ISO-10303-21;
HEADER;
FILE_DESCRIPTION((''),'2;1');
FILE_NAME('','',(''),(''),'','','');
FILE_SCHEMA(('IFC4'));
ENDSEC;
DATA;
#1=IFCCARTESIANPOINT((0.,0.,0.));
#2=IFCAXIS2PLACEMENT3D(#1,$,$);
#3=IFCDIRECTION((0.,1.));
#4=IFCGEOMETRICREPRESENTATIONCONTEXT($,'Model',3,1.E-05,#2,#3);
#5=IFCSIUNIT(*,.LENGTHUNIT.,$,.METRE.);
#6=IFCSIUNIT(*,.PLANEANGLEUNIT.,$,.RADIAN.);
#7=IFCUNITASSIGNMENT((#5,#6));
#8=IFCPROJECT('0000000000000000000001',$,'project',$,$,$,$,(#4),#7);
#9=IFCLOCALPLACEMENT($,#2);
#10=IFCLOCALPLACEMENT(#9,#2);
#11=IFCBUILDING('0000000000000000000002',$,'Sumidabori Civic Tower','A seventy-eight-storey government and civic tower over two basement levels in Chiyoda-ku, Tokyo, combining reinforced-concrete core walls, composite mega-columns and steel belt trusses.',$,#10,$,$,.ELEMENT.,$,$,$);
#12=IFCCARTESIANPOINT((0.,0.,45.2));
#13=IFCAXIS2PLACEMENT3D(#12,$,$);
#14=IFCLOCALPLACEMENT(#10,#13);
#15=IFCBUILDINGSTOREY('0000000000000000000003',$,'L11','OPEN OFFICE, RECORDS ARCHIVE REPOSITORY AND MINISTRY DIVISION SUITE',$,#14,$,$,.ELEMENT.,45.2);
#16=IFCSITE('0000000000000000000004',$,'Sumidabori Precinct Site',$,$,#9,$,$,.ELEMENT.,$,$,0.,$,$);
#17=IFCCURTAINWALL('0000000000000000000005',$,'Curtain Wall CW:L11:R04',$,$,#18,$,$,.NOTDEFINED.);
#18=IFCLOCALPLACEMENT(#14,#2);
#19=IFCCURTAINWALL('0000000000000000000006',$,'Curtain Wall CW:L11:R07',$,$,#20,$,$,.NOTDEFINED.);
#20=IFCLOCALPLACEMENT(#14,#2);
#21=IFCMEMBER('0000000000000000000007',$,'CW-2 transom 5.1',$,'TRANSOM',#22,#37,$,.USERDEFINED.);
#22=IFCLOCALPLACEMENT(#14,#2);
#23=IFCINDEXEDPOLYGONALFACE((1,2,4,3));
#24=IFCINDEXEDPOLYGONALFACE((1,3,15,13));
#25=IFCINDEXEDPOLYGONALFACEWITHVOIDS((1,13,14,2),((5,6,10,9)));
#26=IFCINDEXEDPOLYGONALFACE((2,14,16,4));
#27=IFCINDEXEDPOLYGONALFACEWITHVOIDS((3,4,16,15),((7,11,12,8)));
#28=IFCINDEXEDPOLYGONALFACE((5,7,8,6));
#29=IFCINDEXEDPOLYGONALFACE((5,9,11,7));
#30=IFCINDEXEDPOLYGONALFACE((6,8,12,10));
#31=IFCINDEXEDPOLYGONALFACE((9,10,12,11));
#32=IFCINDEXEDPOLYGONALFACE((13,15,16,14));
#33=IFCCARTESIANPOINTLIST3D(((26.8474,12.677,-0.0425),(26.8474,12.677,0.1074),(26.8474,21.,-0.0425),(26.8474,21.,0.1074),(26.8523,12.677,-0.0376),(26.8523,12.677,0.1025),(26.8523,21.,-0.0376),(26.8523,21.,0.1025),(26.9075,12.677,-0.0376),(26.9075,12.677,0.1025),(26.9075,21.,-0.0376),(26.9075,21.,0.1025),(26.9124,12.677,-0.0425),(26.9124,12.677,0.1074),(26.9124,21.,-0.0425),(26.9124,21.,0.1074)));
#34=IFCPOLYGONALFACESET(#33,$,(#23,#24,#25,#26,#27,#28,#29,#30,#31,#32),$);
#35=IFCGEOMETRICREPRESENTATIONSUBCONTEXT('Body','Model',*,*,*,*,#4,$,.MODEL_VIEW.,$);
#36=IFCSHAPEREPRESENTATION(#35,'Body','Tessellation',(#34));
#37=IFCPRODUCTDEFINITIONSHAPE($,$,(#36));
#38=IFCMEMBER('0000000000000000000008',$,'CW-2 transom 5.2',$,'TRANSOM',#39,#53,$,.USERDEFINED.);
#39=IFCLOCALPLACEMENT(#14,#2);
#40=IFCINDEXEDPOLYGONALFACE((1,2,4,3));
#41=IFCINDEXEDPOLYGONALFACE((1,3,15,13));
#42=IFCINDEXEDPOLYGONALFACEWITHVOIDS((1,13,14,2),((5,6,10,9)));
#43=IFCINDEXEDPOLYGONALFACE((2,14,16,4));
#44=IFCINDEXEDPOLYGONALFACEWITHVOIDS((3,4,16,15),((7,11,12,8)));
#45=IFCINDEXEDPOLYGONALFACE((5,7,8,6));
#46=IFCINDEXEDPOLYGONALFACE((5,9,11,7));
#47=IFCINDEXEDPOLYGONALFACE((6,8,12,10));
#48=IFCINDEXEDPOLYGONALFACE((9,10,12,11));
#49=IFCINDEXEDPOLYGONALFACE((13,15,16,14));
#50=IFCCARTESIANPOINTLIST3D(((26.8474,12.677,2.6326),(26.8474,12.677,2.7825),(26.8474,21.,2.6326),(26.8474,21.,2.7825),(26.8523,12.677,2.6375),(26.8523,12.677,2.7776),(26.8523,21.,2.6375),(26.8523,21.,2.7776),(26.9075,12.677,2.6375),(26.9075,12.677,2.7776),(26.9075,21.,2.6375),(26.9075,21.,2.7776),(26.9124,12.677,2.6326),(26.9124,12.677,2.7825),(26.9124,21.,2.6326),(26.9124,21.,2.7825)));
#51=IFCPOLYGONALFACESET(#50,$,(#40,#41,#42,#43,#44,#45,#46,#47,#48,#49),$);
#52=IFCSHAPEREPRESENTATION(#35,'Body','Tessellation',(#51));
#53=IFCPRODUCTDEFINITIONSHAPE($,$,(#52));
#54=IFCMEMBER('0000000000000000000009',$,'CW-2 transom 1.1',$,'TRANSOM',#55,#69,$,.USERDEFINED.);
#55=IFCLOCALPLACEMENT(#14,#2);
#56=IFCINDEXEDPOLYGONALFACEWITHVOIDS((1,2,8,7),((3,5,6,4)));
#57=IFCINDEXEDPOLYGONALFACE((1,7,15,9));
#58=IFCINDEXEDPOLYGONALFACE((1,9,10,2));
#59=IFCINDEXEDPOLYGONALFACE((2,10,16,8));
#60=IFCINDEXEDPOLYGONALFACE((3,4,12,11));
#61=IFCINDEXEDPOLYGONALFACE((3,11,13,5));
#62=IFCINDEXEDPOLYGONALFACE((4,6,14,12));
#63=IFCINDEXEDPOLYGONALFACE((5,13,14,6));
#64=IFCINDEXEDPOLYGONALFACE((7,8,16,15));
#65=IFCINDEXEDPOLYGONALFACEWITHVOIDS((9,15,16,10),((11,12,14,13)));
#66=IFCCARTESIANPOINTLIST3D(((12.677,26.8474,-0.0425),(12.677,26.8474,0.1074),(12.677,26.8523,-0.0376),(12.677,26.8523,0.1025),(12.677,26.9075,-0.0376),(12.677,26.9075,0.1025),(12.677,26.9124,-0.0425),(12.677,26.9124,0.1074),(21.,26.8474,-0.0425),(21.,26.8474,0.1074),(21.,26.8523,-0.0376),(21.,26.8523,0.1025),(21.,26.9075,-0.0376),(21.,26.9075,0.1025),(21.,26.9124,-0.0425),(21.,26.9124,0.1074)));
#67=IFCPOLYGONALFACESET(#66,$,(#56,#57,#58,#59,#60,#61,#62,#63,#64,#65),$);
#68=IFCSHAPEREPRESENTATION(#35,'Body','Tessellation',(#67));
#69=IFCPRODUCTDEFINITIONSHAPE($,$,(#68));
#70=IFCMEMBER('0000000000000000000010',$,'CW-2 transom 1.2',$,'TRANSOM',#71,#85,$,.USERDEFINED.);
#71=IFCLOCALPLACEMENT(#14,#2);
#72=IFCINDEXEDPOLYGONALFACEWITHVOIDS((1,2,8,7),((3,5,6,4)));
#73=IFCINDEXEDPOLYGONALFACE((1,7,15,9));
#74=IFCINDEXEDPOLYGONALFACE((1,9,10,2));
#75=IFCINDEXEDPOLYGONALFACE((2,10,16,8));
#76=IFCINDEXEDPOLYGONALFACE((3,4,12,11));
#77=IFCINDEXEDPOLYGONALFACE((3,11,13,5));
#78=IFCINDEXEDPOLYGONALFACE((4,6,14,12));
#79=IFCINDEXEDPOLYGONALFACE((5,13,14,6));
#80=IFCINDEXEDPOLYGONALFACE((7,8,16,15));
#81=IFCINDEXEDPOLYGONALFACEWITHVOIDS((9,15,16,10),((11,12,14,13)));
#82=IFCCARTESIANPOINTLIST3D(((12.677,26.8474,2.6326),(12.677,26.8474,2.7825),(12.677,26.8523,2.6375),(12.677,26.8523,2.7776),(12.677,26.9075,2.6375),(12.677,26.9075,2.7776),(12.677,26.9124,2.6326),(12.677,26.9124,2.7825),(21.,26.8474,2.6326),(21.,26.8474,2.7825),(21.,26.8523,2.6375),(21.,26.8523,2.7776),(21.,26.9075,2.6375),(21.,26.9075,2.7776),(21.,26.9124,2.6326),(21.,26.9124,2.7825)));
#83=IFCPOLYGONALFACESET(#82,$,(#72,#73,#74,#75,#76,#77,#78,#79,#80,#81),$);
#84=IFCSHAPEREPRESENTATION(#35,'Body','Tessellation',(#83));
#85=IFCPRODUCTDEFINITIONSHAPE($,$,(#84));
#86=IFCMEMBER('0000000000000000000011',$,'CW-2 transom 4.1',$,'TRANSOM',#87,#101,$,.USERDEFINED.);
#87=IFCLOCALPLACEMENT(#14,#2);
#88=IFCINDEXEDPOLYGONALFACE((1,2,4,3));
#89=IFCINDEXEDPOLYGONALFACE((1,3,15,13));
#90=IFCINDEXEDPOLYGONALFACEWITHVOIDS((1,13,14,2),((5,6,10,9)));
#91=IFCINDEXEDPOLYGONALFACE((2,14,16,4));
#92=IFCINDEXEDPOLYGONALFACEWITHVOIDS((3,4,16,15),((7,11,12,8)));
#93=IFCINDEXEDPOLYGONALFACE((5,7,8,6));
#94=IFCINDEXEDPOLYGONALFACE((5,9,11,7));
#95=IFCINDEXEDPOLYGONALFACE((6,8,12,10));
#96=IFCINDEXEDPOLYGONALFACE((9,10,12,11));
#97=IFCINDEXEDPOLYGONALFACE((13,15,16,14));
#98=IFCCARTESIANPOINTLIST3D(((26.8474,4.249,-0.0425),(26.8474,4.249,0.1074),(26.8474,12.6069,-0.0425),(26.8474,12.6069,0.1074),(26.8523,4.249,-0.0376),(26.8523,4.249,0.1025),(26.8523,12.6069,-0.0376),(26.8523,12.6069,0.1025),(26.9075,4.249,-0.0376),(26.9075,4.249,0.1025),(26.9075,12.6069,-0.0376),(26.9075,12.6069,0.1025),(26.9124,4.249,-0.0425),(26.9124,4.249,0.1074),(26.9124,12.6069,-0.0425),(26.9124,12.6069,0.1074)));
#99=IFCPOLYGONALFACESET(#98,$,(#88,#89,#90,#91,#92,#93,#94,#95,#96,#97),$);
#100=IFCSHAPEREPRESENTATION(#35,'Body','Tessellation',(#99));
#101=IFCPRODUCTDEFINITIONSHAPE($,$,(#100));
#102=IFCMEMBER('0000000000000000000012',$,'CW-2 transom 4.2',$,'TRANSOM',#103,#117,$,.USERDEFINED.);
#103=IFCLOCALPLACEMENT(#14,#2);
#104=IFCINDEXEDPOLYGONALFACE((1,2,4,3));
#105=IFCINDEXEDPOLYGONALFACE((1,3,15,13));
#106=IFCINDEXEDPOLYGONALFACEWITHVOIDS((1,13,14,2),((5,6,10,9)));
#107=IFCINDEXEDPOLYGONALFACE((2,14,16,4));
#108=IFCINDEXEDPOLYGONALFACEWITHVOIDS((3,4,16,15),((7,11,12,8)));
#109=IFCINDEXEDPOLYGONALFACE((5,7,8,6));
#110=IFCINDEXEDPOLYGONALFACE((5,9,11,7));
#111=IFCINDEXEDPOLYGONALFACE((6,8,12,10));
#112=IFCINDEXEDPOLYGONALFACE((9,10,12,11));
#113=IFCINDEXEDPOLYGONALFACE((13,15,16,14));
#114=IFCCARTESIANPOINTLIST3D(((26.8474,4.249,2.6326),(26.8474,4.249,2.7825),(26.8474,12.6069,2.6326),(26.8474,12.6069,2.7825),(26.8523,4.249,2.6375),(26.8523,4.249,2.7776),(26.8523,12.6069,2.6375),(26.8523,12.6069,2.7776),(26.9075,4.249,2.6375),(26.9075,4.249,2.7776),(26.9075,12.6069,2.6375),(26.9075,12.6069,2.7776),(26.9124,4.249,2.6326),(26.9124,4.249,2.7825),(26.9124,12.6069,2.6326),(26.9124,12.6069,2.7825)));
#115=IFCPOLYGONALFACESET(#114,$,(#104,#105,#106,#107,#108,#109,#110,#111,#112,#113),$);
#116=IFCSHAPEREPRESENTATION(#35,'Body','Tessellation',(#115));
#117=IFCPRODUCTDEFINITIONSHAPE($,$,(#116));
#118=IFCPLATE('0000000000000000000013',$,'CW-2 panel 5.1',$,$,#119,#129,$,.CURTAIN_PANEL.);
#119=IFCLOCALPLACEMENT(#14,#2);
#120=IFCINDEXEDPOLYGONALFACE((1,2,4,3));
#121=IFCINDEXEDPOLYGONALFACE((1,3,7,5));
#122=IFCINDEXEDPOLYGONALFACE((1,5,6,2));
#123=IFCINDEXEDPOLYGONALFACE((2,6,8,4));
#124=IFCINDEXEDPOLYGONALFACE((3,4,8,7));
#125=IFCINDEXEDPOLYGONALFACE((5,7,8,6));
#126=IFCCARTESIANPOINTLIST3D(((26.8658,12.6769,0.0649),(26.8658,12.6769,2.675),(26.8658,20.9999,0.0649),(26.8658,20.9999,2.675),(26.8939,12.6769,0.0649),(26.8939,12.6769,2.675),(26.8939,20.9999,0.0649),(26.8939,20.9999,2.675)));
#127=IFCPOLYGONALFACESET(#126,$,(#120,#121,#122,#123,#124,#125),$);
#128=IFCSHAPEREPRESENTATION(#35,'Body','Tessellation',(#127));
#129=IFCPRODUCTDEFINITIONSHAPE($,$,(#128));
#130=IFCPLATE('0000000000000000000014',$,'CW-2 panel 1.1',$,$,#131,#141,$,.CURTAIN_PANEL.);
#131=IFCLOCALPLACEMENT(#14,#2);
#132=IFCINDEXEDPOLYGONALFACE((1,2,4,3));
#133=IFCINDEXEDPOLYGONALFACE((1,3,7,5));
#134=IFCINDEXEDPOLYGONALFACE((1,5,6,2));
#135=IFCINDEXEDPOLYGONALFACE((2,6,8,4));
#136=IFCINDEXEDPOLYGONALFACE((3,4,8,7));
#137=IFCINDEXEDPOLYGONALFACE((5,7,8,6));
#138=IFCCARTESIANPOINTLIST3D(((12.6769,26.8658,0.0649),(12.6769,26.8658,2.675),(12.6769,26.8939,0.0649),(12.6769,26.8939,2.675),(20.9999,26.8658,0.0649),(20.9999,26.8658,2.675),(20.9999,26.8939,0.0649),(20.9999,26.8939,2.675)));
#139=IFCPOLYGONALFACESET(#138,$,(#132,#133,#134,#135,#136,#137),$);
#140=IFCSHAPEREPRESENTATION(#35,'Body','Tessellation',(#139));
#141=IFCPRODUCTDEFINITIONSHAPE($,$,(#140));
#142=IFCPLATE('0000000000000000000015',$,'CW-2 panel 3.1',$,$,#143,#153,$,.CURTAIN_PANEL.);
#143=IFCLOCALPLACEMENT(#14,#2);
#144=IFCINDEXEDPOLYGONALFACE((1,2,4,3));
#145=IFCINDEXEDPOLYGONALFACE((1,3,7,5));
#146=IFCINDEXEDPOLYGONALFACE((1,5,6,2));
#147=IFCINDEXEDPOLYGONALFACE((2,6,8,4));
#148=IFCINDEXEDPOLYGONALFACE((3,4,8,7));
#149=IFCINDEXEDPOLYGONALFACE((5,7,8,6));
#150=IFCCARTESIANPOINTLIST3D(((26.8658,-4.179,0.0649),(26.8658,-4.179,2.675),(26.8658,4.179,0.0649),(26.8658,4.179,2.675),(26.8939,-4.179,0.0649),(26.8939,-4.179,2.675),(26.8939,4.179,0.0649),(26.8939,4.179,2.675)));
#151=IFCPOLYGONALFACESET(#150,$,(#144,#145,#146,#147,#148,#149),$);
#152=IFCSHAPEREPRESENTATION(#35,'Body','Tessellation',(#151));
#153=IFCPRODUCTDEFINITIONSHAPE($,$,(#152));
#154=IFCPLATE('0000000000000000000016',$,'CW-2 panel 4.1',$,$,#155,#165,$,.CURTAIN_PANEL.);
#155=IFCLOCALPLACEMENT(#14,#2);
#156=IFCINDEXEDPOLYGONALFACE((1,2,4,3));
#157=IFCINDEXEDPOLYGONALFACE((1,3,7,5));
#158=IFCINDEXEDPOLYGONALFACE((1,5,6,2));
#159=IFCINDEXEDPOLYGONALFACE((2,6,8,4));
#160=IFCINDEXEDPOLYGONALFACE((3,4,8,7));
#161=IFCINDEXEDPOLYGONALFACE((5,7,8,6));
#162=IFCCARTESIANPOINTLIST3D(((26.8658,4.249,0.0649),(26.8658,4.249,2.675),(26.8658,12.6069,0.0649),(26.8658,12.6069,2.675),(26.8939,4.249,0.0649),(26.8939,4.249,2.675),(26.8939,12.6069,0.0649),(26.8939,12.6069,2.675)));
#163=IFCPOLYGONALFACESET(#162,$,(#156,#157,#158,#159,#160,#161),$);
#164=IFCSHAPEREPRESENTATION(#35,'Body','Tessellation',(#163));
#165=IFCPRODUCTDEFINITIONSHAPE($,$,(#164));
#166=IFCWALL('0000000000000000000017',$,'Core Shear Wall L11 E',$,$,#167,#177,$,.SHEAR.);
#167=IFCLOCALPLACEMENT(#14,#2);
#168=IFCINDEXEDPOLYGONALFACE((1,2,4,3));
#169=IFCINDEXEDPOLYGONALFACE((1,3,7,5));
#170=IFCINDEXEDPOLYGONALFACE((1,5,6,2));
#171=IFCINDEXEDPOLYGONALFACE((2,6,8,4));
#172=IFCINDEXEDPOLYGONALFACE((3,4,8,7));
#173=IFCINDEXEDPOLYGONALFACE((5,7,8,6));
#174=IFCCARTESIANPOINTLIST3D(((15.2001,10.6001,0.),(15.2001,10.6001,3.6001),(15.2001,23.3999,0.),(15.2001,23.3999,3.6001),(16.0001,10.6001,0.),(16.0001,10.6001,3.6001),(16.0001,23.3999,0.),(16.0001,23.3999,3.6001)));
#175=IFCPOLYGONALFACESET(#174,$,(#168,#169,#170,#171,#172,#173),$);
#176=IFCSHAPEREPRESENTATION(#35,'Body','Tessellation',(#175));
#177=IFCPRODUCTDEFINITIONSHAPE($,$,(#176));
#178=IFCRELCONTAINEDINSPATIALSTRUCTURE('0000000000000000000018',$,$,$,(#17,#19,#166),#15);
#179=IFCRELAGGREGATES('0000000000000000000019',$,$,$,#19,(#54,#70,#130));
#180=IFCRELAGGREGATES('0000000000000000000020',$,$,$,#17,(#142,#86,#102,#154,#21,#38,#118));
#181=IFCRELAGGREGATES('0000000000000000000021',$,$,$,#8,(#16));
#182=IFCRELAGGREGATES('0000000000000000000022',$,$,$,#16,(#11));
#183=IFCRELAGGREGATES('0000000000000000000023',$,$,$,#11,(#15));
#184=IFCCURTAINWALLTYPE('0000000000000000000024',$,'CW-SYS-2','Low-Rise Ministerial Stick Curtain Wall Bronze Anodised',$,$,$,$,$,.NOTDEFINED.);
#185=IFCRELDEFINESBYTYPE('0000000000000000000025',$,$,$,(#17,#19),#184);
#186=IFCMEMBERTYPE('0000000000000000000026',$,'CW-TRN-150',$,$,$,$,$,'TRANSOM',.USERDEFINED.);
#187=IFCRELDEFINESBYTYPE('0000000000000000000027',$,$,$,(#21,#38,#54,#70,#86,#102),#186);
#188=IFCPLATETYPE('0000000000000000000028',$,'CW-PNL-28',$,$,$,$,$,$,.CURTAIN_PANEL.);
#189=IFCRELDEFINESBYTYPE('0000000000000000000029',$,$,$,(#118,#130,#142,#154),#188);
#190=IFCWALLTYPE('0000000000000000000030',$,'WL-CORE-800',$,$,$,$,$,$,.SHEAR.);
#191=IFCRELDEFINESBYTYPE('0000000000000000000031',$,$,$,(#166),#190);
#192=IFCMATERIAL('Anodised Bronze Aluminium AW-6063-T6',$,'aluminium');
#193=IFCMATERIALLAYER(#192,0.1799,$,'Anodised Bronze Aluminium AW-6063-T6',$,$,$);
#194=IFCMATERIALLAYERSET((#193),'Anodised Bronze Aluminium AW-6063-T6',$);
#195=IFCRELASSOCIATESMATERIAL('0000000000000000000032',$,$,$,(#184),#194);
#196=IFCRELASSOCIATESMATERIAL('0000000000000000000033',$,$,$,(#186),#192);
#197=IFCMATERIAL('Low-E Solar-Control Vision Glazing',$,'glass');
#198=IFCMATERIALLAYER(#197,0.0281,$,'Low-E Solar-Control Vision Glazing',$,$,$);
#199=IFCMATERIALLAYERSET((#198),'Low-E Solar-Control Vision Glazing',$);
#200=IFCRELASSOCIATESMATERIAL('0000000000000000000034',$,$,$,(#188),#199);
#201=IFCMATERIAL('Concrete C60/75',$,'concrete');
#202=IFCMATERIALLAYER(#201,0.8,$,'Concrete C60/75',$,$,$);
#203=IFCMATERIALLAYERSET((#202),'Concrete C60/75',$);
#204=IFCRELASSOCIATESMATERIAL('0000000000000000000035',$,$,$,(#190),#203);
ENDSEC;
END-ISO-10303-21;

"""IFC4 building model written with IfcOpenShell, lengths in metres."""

from ifc_helpers import new_model, si_unit, direction, frame, frame_2d, origin, origin_2d, place, context, subcontext, project, spatial, rectangle, hollow_rectangle, extrude, source, transform, mapped, material, layer, layer_set, material_profile, profile_set, type_object, element, aggregate, save


model = new_model("IFC4")

# Units and contexts
model_context = context("Model", 3, precision=1e-05, world=origin(), true_north=direction((0.0, 1.0)))
body_context = subcontext(model_context, "Body", "Model", "MODEL_VIEW")
ifc_project = project(units=[si_unit("LENGTHUNIT", "METRE"), si_unit("PLANEANGLEUNIT", "RADIAN")], contexts=[model_context])

# Site, building, storey
site_placement = place(None, origin())
site = spatial("IfcSite", under=ifc_project, at=site_placement, Name="Sumidabori Precinct Site", CompositionType="ELEMENT", RefElevation=0.0)
building_placement = place(site_placement, origin())
building = spatial("IfcBuilding", under=site, at=building_placement, Name="Sumidabori Civic Tower", Description="A seventy-eight-storey government and civic tower over two basement levels in Chiyoda-ku, Tokyo, combining reinforced-concrete core walls, composite mega-columns and steel belt trusses.", CompositionType="ELEMENT")
storey_placement = place(building_placement, frame((0.0, 0.0, 45.2)))
storey = spatial("IfcBuildingStorey", under=building, at=storey_placement, Name="L11", Description="OPEN OFFICE, RECORDS ARCHIVE REPOSITORY AND MINISTRY DIVISION SUITE", CompositionType="ELEMENT", Elevation=45.2)

# Shared definitions
ifc_material_1 = material(Name="Concrete C60/75", Category="concrete")

# Curtain wall
ifc_material_2 = material(Name="Anodised Bronze Aluminium AW-6063-T6", Category="aluminium")
ifc_layer_1 = layer(ifc_material_2, 0.1799, Name="Anodised Bronze Aluminium AW-6063-T6")
ifc_layer_set_1 = layer_set([ifc_layer_1], Name="Anodised Bronze Aluminium AW-6063-T6")
curtain_wall_type = type_object("IfcCurtainWallType", Name="CW-SYS-2", Description="Low-Rise Ministerial Stick Curtain Wall Bronze Anodised", PredefinedType="NOTDEFINED", material=ifc_layer_set_1)
curtain_wall_1_placement = place(storey_placement, origin())
curtain_wall_1 = element("IfcCurtainWall", 1, at=curtain_wall_1_placement, inside=storey, type_object=curtain_wall_type, Name="Curtain Wall CW:L11:R04", PredefinedType="NOTDEFINED")

# Curtain wall
curtain_wall_2_placement = place(storey_placement, origin())
curtain_wall_2 = element("IfcCurtainWall", 2, at=curtain_wall_2_placement, inside=storey, type_object=curtain_wall_type, Name="Curtain Wall CW:L11:R07", PredefinedType="NOTDEFINED")

# Members
ifc_material_profile_1 = material_profile(ifc_material_2, hollow_rectangle(XDim=0.0649, YDim=0.1499, WallThickness=0.0049, at=origin_2d()), Name="ALU TRANSOM 150x65")
ifc_profile_set_1 = profile_set([ifc_material_profile_1], Name="Anodised Bronze Aluminium AW-6063-T6")
member_type_1 = type_object("IfcMemberType", Name="CW-TRN-150", ElementType="TRANSOM", PredefinedType="USERDEFINED", material=ifc_profile_set_1)
shared_shape_1 = source(origin(), body_context, "Body", "SweptSolid", [
    extrude(hollow_rectangle(XDim=0.0649, YDim=0.1499, WallThickness=0.0049, at=origin_2d()), origin(), (0.0, 0.0, 1.0), 8.323),
])
member_1_placement = place(storey_placement, frame((26.8799, 12.677, 0.0325), z_axis=(0.0, 1.0, 0.0), x_axis=(-1.0, 0.0, 0.0)))
member_1 = element("IfcMember", 3, at=member_1_placement, type_object=member_type_1, Name="CW-2 transom 5.1", ObjectType="TRANSOM", PredefinedType="USERDEFINED", context=body_context, shape_type="MappedRepresentation", body=[
    mapped(shared_shape_1, transform((0.0, 0.0, 0.0), x_axis=(1.0, 0.0, 0.0), y_axis=(0.0, 1.0, 0.0), z_axis=(0.0, 0.0, 1.0), scale=1.0)),
])
member_2_placement = place(storey_placement, frame((26.8799, 12.677, 2.7075), z_axis=(0.0, 1.0, 0.0), x_axis=(-1.0, 0.0, 0.0)))
member_2 = element("IfcMember", 4, at=member_2_placement, type_object=member_type_1, Name="CW-2 transom 5.2", ObjectType="TRANSOM", PredefinedType="USERDEFINED", context=body_context, shape_type="MappedRepresentation", body=[
    mapped(shared_shape_1, transform((0.0, 0.0, 0.0), x_axis=(1.0, 0.0, 0.0), y_axis=(0.0, 1.0, 0.0), z_axis=(0.0, 0.0, 1.0), scale=1.0)),
])
member_3_placement = place(storey_placement, frame((21.0, 26.8799, 0.0325), z_axis=(-1.0, 0.0, 0.0), x_axis=(0.0, -1.0, 0.0)))
member_3 = element("IfcMember", 5, at=member_3_placement, type_object=member_type_1, Name="CW-2 transom 1.1", ObjectType="TRANSOM", PredefinedType="USERDEFINED", context=body_context, shape_type="MappedRepresentation", body=[
    mapped(shared_shape_1, transform((0.0, 0.0, 0.0), x_axis=(1.0, 0.0, 0.0), y_axis=(0.0, 1.0, 0.0), z_axis=(0.0, 0.0, 1.0), scale=1.0)),
])
member_4_placement = place(storey_placement, frame((21.0, 26.8799, 2.7075), z_axis=(-1.0, 0.0, 0.0), x_axis=(0.0, -1.0, 0.0)))
member_4 = element("IfcMember", 6, at=member_4_placement, type_object=member_type_1, Name="CW-2 transom 1.2", ObjectType="TRANSOM", PredefinedType="USERDEFINED", context=body_context, shape_type="MappedRepresentation", body=[
    mapped(shared_shape_1, transform((0.0, 0.0, 0.0), x_axis=(1.0, 0.0, 0.0), y_axis=(0.0, 1.0, 0.0), z_axis=(0.0, 0.0, 1.0), scale=1.0)),
])
shared_shape_2 = source(origin(), body_context, "Body", "SweptSolid", [
    extrude(hollow_rectangle(XDim=0.0649, YDim=0.1499, WallThickness=0.0049, at=origin_2d()), origin(), (0.0, 0.0, 1.0), 8.3579),
])
member_5_placement = place(storey_placement, frame((26.8799, 4.249, 0.0325), z_axis=(0.0, 1.0, 0.0), x_axis=(-1.0, 0.0, 0.0)))
member_5 = element("IfcMember", 7, at=member_5_placement, type_object=member_type_1, Name="CW-2 transom 4.1", ObjectType="TRANSOM", PredefinedType="USERDEFINED", context=body_context, shape_type="MappedRepresentation", body=[
    mapped(shared_shape_2, transform((0.0, 0.0, 0.0), x_axis=(1.0, 0.0, 0.0), y_axis=(0.0, 1.0, 0.0), z_axis=(0.0, 0.0, 1.0), scale=1.0)),
])
member_6_placement = place(storey_placement, frame((26.8799, 4.249, 2.7075), z_axis=(0.0, 1.0, 0.0), x_axis=(-1.0, 0.0, 0.0)))
member_6 = element("IfcMember", 8, at=member_6_placement, type_object=member_type_1, Name="CW-2 transom 4.2", ObjectType="TRANSOM", PredefinedType="USERDEFINED", context=body_context, shape_type="MappedRepresentation", body=[
    mapped(shared_shape_2, transform((0.0, 0.0, 0.0), x_axis=(1.0, 0.0, 0.0), y_axis=(0.0, 1.0, 0.0), z_axis=(0.0, 0.0, 1.0), scale=1.0)),
])

# Plates
ifc_material_3 = material(Name="Low-E Solar-Control Vision Glazing", Category="glass")
ifc_layer_2 = layer(ifc_material_3, 0.0281, Name="Low-E Solar-Control Vision Glazing")
ifc_layer_set_2 = layer_set([ifc_layer_2], Name="Low-E Solar-Control Vision Glazing")
plate_type = type_object("IfcPlateType", Name="CW-PNL-28", PredefinedType="CURTAIN_PANEL", material=ifc_layer_set_2)
shared_shape_3 = source(origin(), body_context, "Body", "SweptSolid", [
    extrude(rectangle(XDim=8.323, YDim=0.0281, at=origin_2d()), origin(), (0.0, 0.0, 1.0), 2.6101),
])
plate_1_placement = place(storey_placement, frame((26.8799, 16.8384, 0.0649), z_axis=(0.0, 0.0, 1.0), x_axis=(0.0, 1.0, 0.0)))
plate_1 = element("IfcPlate", 9, at=plate_1_placement, type_object=plate_type, Name="CW-2 panel 5.1", PredefinedType="CURTAIN_PANEL", context=body_context, shape_type="MappedRepresentation", body=[
    mapped(shared_shape_3, transform((0.0, 0.0, 0.0), x_axis=(1.0, 0.0, 0.0), y_axis=(0.0, 1.0, 0.0), z_axis=(0.0, 0.0, 1.0), scale=1.0)),
])
plate_2_placement = place(storey_placement, frame((16.8384, 26.8799, 0.0649), z_axis=(0.0, 0.0, 1.0), x_axis=(-1.0, 0.0, 0.0)))
plate_2 = element("IfcPlate", 10, at=plate_2_placement, type_object=plate_type, Name="CW-2 panel 1.1", PredefinedType="CURTAIN_PANEL", context=body_context, shape_type="MappedRepresentation", body=[
    mapped(shared_shape_3, transform((0.0, 0.0, 0.0), x_axis=(1.0, 0.0, 0.0), y_axis=(0.0, 1.0, 0.0), z_axis=(0.0, 0.0, 1.0), scale=1.0)),
])
aggregate(curtain_wall_2, [member_3, member_4, plate_2])
shared_shape_4 = source(origin(), body_context, "Body", "SweptSolid", [
    extrude(rectangle(XDim=8.3579, YDim=0.0281, at=origin_2d()), origin(), (0.0, 0.0, 1.0), 2.6101),
])
plate_3_placement = place(storey_placement, frame((26.8799, 0.0, 0.0649), z_axis=(0.0, 0.0, 1.0), x_axis=(0.0, 1.0, 0.0)))
plate_3 = element("IfcPlate", 11, at=plate_3_placement, type_object=plate_type, Name="CW-2 panel 3.1", PredefinedType="CURTAIN_PANEL", context=body_context, shape_type="MappedRepresentation", body=[
    mapped(shared_shape_4, transform((0.0, 0.0, 0.0), x_axis=(1.0, 0.0, 0.0), y_axis=(0.0, 1.0, 0.0), z_axis=(0.0, 0.0, 1.0), scale=1.0)),
])
plate_4_placement = place(storey_placement, frame((26.8799, 8.428, 0.0649), z_axis=(0.0, 0.0, 1.0), x_axis=(0.0, 1.0, 0.0)))
plate_4 = element("IfcPlate", 12, at=plate_4_placement, type_object=plate_type, Name="CW-2 panel 4.1", PredefinedType="CURTAIN_PANEL", context=body_context, shape_type="MappedRepresentation", body=[
    mapped(shared_shape_4, transform((0.0, 0.0, 0.0), x_axis=(1.0, 0.0, 0.0), y_axis=(0.0, 1.0, 0.0), z_axis=(0.0, 0.0, 1.0), scale=1.0)),
])
aggregate(curtain_wall_1, [plate_3, member_5, member_6, plate_4, member_1, member_2, plate_1])

# Wall
ifc_layer_3 = layer(ifc_material_1, 0.8, Name="Concrete C60/75")
ifc_layer_set_3 = layer_set([ifc_layer_3], Name="Concrete C60/75")
wall_type_1 = type_object("IfcWallType", Name="WL-CORE-800", PredefinedType="SHEAR", material=ifc_layer_set_3)
shared_shape_5 = source(origin(), body_context, "Body", "SweptSolid", [
    extrude(rectangle(XDim=12.7998, YDim=0.8, at=frame_2d((6.3999, 0.0))), origin(), (0.0, 0.0, 1.0), 3.6001),
])
wall_1_placement = place(storey_placement, frame((15.6001, 10.6001, 0.0), z_axis=(0.0, 0.0, 1.0), x_axis=(0.0, 1.0, 0.0)))
element("IfcWall", 13, at=wall_1_placement, inside=storey, type_object=wall_type_1, Name="Core Shear Wall L11 E", PredefinedType="SHEAR", context=body_context, shape_type="MappedRepresentation", body=[
    mapped(shared_shape_5, transform((0.0, 0.0, 0.0), x_axis=(1.0, 0.0, 0.0), y_axis=(0.0, 1.0, 0.0), z_axis=(0.0, 0.0, 1.0), scale=1.0)),
])

save(model, "model.ifc")
